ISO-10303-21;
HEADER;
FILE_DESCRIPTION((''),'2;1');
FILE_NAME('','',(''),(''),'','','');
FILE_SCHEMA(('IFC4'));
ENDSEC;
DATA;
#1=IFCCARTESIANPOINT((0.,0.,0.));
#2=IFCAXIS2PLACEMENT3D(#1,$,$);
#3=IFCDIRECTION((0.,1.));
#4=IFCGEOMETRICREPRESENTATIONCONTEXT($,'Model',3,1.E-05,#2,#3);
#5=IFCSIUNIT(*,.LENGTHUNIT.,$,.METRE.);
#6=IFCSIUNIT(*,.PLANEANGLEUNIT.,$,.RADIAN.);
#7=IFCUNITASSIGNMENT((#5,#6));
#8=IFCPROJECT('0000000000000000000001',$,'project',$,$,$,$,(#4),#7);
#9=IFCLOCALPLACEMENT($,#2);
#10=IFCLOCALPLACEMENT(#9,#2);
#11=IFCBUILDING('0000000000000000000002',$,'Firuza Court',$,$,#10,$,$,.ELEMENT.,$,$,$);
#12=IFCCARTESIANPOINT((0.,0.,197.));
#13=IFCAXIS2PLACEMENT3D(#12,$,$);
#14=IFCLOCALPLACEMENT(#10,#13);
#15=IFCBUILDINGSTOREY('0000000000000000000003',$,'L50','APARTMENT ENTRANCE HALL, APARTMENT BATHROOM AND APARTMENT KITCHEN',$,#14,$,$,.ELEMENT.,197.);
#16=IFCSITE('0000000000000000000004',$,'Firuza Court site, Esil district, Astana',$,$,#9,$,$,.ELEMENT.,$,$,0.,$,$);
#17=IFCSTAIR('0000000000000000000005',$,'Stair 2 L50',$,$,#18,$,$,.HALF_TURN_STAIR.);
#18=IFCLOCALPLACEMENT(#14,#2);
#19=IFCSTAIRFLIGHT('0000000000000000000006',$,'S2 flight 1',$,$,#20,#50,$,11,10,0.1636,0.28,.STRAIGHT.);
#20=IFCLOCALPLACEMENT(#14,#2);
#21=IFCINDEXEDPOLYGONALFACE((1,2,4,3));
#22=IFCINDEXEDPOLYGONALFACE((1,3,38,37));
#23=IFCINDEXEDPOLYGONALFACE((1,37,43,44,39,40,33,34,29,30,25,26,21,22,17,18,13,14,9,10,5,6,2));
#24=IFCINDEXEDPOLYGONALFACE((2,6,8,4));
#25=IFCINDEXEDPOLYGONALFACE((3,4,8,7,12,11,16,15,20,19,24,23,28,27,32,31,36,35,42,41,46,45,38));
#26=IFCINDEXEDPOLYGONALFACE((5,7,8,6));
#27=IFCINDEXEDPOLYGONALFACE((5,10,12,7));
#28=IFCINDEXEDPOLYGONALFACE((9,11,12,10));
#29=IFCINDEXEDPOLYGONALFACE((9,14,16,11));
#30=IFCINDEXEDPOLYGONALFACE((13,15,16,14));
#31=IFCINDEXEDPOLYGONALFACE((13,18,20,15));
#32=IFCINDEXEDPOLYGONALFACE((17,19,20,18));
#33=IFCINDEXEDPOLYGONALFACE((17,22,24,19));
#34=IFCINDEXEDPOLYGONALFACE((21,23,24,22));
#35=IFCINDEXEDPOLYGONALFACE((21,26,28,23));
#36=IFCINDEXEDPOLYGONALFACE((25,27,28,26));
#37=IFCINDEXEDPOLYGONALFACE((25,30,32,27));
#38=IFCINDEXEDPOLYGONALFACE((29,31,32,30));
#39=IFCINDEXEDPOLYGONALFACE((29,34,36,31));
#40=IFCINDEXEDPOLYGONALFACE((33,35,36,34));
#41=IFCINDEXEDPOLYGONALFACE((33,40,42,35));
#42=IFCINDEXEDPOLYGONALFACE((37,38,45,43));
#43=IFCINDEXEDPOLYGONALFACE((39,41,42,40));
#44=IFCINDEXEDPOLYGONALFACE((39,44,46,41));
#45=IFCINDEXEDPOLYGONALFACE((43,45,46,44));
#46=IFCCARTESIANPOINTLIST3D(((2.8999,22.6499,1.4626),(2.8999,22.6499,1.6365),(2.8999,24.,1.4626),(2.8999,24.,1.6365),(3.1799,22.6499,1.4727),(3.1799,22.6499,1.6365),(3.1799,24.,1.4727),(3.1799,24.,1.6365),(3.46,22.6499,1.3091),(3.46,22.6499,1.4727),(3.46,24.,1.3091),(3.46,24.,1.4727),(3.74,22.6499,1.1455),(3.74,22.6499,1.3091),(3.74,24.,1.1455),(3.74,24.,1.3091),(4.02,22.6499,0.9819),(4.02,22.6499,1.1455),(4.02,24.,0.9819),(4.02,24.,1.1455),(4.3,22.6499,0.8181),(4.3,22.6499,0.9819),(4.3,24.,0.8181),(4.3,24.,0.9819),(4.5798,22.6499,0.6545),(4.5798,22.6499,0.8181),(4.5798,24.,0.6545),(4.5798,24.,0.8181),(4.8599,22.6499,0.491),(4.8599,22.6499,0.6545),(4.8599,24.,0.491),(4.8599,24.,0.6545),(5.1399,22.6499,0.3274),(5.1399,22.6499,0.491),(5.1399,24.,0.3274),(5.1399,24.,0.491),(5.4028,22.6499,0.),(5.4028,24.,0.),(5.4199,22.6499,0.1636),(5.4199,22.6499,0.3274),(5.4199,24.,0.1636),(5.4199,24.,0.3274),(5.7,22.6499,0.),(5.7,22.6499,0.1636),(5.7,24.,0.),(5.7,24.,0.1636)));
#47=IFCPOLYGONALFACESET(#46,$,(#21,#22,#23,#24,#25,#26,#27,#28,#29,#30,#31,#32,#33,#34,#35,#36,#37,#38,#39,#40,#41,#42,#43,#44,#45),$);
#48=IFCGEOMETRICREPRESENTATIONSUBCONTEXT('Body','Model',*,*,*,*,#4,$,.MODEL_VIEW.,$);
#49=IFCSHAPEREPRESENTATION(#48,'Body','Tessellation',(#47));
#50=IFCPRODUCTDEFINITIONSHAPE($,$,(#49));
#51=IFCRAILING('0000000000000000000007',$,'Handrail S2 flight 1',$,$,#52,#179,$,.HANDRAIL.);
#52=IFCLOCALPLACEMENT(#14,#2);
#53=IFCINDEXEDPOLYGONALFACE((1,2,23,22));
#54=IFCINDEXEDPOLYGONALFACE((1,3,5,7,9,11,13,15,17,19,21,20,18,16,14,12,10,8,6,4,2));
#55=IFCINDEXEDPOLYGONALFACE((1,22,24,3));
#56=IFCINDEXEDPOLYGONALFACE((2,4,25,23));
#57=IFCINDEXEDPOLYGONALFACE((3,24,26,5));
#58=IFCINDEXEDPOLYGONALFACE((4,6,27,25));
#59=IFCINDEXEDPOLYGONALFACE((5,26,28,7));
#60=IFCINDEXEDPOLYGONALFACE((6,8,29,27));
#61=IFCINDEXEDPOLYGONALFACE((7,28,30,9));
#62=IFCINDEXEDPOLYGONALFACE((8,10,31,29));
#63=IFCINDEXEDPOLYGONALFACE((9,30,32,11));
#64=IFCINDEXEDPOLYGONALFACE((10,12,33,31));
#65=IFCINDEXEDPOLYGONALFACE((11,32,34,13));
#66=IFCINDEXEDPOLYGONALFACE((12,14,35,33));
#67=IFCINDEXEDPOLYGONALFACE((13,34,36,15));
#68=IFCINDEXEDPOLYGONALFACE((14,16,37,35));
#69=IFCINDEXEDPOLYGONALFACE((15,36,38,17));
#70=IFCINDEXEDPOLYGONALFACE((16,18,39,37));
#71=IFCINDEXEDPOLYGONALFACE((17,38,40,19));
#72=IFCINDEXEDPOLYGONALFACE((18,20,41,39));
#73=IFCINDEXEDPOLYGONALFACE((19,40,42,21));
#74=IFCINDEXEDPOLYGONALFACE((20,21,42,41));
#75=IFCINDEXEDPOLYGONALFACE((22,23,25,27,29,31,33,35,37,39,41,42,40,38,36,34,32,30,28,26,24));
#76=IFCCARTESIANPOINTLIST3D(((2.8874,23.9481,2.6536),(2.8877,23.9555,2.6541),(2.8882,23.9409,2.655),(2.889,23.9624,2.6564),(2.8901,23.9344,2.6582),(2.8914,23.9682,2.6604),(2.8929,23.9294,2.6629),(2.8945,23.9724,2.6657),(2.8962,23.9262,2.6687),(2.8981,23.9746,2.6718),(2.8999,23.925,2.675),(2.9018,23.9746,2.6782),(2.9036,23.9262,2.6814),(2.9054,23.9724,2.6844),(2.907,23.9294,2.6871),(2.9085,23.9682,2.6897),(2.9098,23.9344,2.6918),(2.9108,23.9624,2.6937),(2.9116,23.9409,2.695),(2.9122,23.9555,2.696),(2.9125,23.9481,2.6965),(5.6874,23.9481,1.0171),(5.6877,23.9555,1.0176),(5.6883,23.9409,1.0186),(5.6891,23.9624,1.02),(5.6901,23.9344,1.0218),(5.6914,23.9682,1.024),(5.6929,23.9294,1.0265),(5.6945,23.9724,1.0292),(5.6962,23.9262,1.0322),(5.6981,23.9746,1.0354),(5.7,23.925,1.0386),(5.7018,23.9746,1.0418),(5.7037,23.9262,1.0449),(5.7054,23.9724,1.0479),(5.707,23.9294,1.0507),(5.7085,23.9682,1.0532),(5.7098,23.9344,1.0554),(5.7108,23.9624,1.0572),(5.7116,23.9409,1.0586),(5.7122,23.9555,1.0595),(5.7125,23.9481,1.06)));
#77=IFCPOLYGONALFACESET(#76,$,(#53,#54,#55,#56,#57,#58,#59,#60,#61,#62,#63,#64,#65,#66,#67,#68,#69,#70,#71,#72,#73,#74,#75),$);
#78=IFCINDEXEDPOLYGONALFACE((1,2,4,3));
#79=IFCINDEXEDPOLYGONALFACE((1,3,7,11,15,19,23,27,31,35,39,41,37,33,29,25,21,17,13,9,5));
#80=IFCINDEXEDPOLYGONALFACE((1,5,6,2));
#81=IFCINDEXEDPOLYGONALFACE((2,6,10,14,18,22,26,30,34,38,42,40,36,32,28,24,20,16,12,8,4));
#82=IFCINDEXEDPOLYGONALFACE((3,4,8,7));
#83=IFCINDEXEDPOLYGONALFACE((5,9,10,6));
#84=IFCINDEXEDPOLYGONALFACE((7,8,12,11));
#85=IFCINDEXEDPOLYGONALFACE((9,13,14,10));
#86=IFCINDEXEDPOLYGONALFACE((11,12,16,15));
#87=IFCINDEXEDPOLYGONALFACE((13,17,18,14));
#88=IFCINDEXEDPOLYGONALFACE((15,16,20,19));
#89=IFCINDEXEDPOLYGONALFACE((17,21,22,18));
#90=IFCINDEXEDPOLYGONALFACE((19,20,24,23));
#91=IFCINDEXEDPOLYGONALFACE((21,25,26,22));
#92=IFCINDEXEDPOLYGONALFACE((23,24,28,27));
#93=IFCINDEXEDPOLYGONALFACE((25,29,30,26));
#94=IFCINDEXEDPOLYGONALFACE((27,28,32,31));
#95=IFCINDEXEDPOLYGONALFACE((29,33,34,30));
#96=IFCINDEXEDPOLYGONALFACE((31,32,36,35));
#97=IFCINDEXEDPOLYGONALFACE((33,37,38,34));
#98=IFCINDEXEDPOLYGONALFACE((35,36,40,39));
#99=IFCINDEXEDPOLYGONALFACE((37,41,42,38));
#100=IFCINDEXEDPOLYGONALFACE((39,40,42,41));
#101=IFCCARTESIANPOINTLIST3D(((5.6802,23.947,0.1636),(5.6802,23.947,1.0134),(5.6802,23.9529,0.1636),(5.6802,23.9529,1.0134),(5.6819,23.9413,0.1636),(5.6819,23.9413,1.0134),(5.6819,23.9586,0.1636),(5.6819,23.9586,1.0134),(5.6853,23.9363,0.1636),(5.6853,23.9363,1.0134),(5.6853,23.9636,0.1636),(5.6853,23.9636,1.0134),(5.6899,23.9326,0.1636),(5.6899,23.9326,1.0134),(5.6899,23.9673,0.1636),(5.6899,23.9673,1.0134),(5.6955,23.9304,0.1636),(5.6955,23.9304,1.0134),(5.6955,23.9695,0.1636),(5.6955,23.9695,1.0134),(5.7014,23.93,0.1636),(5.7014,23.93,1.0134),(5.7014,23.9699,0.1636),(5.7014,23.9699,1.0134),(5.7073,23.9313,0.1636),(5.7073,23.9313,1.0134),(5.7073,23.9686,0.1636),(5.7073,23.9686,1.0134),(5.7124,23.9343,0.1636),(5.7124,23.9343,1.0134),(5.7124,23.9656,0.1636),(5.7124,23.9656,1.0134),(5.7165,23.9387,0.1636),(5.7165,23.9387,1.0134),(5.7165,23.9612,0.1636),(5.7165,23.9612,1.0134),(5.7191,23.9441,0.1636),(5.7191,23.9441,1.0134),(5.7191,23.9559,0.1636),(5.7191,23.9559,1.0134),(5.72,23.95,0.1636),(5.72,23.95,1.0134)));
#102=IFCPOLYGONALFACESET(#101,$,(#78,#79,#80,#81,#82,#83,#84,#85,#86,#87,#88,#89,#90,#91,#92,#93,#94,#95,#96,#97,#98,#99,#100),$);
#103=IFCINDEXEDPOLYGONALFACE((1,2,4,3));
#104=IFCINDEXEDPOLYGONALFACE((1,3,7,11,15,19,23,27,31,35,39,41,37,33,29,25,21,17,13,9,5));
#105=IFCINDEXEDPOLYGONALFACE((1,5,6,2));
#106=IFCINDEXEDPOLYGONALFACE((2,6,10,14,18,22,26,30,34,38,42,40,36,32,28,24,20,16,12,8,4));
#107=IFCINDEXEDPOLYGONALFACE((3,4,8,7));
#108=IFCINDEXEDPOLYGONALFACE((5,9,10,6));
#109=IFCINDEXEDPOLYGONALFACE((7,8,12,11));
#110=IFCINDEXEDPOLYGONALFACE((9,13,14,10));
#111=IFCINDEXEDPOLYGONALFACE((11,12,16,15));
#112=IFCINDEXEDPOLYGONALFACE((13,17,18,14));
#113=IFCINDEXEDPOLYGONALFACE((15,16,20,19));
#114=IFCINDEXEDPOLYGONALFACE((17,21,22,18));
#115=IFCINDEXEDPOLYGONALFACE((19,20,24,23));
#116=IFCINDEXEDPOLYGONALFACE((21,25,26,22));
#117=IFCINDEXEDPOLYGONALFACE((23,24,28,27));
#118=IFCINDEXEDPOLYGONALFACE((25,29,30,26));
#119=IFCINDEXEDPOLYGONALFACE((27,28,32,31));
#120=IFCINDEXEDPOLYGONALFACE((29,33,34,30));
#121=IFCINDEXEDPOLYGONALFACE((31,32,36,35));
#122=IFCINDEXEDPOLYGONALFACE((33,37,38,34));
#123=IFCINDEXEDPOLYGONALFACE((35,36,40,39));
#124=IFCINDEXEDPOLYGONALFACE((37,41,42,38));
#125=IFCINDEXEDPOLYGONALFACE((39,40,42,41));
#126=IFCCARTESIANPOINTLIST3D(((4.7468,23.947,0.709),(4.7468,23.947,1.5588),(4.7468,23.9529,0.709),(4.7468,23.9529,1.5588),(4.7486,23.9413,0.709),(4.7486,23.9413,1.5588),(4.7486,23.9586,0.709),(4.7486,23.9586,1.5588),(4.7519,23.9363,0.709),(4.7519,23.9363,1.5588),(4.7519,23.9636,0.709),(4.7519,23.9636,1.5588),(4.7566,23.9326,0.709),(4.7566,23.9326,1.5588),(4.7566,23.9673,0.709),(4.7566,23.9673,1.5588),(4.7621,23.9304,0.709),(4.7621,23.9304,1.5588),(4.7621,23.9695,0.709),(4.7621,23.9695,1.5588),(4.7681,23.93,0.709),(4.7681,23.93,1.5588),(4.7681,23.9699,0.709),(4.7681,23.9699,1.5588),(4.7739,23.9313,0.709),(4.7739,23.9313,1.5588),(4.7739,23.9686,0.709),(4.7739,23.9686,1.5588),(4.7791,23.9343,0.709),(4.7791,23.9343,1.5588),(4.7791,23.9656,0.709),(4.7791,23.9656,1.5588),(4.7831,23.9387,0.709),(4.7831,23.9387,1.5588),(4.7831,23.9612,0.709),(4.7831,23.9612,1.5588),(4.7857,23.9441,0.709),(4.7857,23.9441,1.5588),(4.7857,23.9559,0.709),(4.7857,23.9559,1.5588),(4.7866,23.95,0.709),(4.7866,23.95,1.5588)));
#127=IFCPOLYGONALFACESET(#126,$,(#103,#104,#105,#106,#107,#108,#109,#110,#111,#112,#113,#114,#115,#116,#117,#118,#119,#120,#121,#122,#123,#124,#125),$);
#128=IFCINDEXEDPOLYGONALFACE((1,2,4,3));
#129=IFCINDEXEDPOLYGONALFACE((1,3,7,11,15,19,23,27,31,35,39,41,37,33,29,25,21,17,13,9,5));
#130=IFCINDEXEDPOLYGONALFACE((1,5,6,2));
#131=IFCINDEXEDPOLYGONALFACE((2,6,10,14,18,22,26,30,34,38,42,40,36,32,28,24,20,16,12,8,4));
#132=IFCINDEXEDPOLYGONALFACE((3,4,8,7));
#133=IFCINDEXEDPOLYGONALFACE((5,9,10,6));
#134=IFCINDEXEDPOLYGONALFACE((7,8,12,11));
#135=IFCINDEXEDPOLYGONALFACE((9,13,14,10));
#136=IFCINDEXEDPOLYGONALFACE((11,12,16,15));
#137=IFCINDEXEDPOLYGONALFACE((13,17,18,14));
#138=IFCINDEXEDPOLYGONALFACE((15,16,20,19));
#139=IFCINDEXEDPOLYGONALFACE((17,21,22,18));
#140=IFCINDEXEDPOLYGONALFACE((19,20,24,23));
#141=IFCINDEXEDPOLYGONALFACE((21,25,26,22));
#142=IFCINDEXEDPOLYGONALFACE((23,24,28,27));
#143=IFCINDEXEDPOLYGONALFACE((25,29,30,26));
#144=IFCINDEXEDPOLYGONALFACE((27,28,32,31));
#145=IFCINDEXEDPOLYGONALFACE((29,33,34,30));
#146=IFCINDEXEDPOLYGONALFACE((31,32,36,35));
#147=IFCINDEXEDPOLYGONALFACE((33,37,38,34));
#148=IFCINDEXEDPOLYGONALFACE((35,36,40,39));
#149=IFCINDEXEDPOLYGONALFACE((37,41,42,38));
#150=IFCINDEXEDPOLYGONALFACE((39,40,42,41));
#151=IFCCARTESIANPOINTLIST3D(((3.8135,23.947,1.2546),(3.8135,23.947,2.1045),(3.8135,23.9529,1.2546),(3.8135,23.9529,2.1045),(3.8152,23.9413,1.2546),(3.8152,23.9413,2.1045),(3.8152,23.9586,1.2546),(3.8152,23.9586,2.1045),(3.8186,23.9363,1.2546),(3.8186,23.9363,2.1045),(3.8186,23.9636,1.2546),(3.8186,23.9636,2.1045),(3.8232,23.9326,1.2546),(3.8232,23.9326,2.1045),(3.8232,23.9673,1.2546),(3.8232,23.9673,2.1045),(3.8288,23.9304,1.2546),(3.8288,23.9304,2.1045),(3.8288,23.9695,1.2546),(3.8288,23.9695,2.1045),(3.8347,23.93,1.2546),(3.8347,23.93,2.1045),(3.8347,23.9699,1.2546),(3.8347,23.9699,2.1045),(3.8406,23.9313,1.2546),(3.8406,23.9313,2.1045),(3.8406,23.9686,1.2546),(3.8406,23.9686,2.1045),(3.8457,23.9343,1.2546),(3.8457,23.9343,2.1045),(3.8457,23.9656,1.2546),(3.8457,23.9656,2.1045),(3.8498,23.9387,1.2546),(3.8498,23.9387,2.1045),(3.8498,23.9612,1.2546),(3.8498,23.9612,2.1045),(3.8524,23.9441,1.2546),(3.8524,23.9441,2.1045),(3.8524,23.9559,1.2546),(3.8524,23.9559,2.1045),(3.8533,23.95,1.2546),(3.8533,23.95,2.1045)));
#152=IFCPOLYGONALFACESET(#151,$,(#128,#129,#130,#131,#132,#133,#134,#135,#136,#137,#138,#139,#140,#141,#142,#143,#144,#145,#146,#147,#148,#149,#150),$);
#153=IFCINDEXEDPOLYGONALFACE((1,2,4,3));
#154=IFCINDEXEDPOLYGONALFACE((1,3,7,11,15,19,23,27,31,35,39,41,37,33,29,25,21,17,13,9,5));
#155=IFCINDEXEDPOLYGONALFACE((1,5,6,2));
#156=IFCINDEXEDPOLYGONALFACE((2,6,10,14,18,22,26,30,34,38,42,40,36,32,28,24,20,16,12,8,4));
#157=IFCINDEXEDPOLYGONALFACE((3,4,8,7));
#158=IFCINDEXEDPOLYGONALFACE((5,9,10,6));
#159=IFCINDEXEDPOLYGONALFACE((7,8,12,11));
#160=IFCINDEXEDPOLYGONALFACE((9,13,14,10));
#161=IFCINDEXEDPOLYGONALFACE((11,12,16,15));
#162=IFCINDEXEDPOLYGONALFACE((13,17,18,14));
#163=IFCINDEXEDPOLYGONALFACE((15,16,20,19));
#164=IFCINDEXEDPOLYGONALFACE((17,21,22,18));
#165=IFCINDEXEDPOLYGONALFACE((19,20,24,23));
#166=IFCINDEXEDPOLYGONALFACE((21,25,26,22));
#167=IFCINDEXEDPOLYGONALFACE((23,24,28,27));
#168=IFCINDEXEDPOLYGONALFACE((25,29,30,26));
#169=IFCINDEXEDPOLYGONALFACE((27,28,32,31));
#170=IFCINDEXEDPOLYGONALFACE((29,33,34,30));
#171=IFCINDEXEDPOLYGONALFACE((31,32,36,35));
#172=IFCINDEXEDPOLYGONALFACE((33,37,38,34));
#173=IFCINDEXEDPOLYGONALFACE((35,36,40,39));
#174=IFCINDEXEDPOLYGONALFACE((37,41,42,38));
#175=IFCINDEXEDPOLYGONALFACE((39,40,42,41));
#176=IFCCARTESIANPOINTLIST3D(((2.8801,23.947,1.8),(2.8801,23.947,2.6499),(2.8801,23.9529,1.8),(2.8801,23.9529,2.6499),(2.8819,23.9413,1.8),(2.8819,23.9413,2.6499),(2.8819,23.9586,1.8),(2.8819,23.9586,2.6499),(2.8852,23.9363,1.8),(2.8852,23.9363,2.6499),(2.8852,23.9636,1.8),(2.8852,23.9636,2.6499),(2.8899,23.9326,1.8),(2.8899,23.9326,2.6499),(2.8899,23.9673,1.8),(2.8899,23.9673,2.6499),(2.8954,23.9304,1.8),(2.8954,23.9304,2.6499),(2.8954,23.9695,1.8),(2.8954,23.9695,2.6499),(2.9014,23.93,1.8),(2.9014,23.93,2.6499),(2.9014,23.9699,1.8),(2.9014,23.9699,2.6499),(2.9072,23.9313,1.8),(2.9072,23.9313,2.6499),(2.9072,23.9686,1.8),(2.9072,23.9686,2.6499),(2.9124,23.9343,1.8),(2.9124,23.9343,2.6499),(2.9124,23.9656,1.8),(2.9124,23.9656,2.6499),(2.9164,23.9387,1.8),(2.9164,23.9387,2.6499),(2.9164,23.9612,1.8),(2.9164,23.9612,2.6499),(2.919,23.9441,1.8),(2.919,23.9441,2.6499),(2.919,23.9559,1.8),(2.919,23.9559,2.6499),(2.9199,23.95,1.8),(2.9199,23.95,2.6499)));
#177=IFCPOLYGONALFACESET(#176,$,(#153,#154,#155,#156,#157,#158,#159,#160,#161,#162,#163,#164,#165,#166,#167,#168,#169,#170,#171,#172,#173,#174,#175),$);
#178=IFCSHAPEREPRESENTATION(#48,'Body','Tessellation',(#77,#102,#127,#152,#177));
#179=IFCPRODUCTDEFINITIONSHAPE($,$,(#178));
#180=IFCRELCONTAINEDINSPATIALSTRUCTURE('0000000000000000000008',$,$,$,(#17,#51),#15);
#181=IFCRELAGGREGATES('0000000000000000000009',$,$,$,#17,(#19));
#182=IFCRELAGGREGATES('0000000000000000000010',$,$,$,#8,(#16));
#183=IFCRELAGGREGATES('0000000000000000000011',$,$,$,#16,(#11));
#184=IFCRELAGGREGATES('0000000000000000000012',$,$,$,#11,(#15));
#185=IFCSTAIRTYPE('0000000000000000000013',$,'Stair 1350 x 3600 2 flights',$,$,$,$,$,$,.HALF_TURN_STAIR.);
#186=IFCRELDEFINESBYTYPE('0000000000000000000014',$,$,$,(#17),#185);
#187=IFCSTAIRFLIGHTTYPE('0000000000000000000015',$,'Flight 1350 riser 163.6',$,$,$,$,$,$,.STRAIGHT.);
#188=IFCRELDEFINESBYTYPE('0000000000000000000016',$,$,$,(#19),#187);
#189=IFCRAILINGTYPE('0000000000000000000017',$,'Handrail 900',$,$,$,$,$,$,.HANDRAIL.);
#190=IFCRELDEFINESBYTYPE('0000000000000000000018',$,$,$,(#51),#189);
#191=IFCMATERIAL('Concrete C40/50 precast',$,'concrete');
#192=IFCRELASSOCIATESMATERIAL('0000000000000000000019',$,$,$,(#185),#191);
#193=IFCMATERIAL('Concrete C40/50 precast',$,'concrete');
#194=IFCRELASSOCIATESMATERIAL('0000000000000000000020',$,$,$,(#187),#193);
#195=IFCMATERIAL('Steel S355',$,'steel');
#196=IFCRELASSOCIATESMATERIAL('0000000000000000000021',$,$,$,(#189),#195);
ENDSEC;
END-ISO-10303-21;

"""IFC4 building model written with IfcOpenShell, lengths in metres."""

from ifc_helpers import new_model, si_unit, direction, frame, origin, origin_2d, place, context, subcontext, project, spatial, polyline, circle, outline, extrude, material, type_object, element, aggregate, save


model = new_model("IFC4")

# Units and contexts
model_context = context("Model", 3, precision=1e-05, world=origin(), true_north=direction((0.0, 1.0)))
body_context = subcontext(model_context, "Body", "Model", "MODEL_VIEW")
ifc_project = project(units=[si_unit("LENGTHUNIT", "METRE"), si_unit("PLANEANGLEUNIT", "RADIAN")], contexts=[model_context])

# Site, building, storey
site_placement = place(None, origin())
site = spatial("IfcSite", under=ifc_project, at=site_placement, Name="Firuza Court site, Esil district, Astana", CompositionType="ELEMENT", RefElevation=0.0)
building_placement = place(site_placement, origin())
building = spatial("IfcBuilding", under=site, at=building_placement, Name="Firuza Court", CompositionType="ELEMENT")
storey_placement = place(building_placement, frame((0.0, 0.0, 197.0)))
storey = spatial("IfcBuildingStorey", under=building, at=storey_placement, Name="L50", Description="APARTMENT ENTRANCE HALL, APARTMENT BATHROOM AND APARTMENT KITCHEN", CompositionType="ELEMENT", Elevation=197.0)

# Stair, stair flight
ifc_material_1 = material(Name="Concrete C40/50 precast", Category="concrete")
stair_type = type_object("IfcStairType", Name="Stair 1350 x 3600 2 flights", PredefinedType="HALF_TURN_STAIR", material=ifc_material_1)
stair_placement = place(storey_placement, origin())
stair = element("IfcStair", 1, at=stair_placement, inside=storey, type_object=stair_type, Name="Stair 2 L50", PredefinedType="HALF_TURN_STAIR")
ifc_material_2 = material(Name="Concrete C40/50 precast", Category="concrete")
stair_flight_type = type_object("IfcStairFlightType", Name="Flight 1350 riser 163.6", PredefinedType="STRAIGHT", material=ifc_material_2)
stair_flight_placement = place(storey_placement, frame((5.7, 23.325, 0.0), z_axis=(0.0, 0.0, 1.0), x_axis=(-1.0, 0.0, 0.0)))
stair_flight = element("IfcStairFlight", 2, at=stair_flight_placement, type_object=stair_flight_type, Name="S2 flight 1", NumberOfRisers=11, NumberOfTreads=10, PredefinedType="STRAIGHT", RiserHeight=0.1636, TreadLength=0.28, context=body_context, shape_type="SweptSolid", body=[
    extrude(outline(polyline([(0.0, 0.0), (0.0, 0.1636), (0.28, 0.1636), (0.28, 0.3274), (0.5601, 0.3274), (0.5601, 0.491), (0.8401, 0.491), (0.8401, 0.6545), (1.1201, 0.6545), (1.1201, 0.8181), (1.3999, 0.8181), (1.3999, 0.9819), (1.6799, 0.9819), (1.6799, 1.1455), (1.96, 1.1455), (1.96, 1.3091), (2.24, 1.3091), (2.24, 1.4727), (2.52, 1.4727), (2.52, 1.6365), (2.8, 1.6365), (2.8, 1.8), (2.8, 1.4626), (0.2971, 0.0), (0.0, 0.0)])), frame((0.0, 0.675, 0.0), z_axis=(0.0, -1.0, 0.0), x_axis=(1.0, 0.0, 0.0)), (0.0, 0.0, 1.0), 1.3501),
])
aggregate(stair, [stair_flight])

# Railing
ifc_material_3 = material(Name="Steel S355", Category="steel")
railing_type = type_object("IfcRailingType", Name="Handrail 900", PredefinedType="HANDRAIL", material=ifc_material_3)
railing_placement = place(storey_placement, frame((5.7, 23.95, 0.1636)))
element("IfcRailing", 3, at=railing_placement, inside=storey, type_object=railing_type, Name="Handrail S2 flight 1", PredefinedType="HANDRAIL", context=body_context, shape_type="SweptSolid", body=[
    extrude(circle(Radius=0.0249, at=origin_2d()), frame((0.0, 0.0, 0.875), z_axis=(-0.863361, 0.0, 0.504587), x_axis=(0.0, -1.0, 0.0)), (0.0, 0.0, 1.0), 3.2432),
    extrude(circle(Radius=0.02, at=origin_2d()), origin(), (0.0, 0.0, 1.0), 0.8499),
    extrude(circle(Radius=0.02, at=origin_2d()), frame((-0.9333, 0.0, 0.5454)), (0.0, 0.0, 1.0), 0.8499),
    extrude(circle(Radius=0.02, at=origin_2d()), frame((-1.8667, 0.0, 1.0911)), (0.0, 0.0, 1.0), 0.8499),
    extrude(circle(Radius=0.02, at=origin_2d()), frame((-2.8, 0.0, 1.6365)), (0.0, 0.0, 1.0), 0.8499),
])

save(model, "model.ifc")
